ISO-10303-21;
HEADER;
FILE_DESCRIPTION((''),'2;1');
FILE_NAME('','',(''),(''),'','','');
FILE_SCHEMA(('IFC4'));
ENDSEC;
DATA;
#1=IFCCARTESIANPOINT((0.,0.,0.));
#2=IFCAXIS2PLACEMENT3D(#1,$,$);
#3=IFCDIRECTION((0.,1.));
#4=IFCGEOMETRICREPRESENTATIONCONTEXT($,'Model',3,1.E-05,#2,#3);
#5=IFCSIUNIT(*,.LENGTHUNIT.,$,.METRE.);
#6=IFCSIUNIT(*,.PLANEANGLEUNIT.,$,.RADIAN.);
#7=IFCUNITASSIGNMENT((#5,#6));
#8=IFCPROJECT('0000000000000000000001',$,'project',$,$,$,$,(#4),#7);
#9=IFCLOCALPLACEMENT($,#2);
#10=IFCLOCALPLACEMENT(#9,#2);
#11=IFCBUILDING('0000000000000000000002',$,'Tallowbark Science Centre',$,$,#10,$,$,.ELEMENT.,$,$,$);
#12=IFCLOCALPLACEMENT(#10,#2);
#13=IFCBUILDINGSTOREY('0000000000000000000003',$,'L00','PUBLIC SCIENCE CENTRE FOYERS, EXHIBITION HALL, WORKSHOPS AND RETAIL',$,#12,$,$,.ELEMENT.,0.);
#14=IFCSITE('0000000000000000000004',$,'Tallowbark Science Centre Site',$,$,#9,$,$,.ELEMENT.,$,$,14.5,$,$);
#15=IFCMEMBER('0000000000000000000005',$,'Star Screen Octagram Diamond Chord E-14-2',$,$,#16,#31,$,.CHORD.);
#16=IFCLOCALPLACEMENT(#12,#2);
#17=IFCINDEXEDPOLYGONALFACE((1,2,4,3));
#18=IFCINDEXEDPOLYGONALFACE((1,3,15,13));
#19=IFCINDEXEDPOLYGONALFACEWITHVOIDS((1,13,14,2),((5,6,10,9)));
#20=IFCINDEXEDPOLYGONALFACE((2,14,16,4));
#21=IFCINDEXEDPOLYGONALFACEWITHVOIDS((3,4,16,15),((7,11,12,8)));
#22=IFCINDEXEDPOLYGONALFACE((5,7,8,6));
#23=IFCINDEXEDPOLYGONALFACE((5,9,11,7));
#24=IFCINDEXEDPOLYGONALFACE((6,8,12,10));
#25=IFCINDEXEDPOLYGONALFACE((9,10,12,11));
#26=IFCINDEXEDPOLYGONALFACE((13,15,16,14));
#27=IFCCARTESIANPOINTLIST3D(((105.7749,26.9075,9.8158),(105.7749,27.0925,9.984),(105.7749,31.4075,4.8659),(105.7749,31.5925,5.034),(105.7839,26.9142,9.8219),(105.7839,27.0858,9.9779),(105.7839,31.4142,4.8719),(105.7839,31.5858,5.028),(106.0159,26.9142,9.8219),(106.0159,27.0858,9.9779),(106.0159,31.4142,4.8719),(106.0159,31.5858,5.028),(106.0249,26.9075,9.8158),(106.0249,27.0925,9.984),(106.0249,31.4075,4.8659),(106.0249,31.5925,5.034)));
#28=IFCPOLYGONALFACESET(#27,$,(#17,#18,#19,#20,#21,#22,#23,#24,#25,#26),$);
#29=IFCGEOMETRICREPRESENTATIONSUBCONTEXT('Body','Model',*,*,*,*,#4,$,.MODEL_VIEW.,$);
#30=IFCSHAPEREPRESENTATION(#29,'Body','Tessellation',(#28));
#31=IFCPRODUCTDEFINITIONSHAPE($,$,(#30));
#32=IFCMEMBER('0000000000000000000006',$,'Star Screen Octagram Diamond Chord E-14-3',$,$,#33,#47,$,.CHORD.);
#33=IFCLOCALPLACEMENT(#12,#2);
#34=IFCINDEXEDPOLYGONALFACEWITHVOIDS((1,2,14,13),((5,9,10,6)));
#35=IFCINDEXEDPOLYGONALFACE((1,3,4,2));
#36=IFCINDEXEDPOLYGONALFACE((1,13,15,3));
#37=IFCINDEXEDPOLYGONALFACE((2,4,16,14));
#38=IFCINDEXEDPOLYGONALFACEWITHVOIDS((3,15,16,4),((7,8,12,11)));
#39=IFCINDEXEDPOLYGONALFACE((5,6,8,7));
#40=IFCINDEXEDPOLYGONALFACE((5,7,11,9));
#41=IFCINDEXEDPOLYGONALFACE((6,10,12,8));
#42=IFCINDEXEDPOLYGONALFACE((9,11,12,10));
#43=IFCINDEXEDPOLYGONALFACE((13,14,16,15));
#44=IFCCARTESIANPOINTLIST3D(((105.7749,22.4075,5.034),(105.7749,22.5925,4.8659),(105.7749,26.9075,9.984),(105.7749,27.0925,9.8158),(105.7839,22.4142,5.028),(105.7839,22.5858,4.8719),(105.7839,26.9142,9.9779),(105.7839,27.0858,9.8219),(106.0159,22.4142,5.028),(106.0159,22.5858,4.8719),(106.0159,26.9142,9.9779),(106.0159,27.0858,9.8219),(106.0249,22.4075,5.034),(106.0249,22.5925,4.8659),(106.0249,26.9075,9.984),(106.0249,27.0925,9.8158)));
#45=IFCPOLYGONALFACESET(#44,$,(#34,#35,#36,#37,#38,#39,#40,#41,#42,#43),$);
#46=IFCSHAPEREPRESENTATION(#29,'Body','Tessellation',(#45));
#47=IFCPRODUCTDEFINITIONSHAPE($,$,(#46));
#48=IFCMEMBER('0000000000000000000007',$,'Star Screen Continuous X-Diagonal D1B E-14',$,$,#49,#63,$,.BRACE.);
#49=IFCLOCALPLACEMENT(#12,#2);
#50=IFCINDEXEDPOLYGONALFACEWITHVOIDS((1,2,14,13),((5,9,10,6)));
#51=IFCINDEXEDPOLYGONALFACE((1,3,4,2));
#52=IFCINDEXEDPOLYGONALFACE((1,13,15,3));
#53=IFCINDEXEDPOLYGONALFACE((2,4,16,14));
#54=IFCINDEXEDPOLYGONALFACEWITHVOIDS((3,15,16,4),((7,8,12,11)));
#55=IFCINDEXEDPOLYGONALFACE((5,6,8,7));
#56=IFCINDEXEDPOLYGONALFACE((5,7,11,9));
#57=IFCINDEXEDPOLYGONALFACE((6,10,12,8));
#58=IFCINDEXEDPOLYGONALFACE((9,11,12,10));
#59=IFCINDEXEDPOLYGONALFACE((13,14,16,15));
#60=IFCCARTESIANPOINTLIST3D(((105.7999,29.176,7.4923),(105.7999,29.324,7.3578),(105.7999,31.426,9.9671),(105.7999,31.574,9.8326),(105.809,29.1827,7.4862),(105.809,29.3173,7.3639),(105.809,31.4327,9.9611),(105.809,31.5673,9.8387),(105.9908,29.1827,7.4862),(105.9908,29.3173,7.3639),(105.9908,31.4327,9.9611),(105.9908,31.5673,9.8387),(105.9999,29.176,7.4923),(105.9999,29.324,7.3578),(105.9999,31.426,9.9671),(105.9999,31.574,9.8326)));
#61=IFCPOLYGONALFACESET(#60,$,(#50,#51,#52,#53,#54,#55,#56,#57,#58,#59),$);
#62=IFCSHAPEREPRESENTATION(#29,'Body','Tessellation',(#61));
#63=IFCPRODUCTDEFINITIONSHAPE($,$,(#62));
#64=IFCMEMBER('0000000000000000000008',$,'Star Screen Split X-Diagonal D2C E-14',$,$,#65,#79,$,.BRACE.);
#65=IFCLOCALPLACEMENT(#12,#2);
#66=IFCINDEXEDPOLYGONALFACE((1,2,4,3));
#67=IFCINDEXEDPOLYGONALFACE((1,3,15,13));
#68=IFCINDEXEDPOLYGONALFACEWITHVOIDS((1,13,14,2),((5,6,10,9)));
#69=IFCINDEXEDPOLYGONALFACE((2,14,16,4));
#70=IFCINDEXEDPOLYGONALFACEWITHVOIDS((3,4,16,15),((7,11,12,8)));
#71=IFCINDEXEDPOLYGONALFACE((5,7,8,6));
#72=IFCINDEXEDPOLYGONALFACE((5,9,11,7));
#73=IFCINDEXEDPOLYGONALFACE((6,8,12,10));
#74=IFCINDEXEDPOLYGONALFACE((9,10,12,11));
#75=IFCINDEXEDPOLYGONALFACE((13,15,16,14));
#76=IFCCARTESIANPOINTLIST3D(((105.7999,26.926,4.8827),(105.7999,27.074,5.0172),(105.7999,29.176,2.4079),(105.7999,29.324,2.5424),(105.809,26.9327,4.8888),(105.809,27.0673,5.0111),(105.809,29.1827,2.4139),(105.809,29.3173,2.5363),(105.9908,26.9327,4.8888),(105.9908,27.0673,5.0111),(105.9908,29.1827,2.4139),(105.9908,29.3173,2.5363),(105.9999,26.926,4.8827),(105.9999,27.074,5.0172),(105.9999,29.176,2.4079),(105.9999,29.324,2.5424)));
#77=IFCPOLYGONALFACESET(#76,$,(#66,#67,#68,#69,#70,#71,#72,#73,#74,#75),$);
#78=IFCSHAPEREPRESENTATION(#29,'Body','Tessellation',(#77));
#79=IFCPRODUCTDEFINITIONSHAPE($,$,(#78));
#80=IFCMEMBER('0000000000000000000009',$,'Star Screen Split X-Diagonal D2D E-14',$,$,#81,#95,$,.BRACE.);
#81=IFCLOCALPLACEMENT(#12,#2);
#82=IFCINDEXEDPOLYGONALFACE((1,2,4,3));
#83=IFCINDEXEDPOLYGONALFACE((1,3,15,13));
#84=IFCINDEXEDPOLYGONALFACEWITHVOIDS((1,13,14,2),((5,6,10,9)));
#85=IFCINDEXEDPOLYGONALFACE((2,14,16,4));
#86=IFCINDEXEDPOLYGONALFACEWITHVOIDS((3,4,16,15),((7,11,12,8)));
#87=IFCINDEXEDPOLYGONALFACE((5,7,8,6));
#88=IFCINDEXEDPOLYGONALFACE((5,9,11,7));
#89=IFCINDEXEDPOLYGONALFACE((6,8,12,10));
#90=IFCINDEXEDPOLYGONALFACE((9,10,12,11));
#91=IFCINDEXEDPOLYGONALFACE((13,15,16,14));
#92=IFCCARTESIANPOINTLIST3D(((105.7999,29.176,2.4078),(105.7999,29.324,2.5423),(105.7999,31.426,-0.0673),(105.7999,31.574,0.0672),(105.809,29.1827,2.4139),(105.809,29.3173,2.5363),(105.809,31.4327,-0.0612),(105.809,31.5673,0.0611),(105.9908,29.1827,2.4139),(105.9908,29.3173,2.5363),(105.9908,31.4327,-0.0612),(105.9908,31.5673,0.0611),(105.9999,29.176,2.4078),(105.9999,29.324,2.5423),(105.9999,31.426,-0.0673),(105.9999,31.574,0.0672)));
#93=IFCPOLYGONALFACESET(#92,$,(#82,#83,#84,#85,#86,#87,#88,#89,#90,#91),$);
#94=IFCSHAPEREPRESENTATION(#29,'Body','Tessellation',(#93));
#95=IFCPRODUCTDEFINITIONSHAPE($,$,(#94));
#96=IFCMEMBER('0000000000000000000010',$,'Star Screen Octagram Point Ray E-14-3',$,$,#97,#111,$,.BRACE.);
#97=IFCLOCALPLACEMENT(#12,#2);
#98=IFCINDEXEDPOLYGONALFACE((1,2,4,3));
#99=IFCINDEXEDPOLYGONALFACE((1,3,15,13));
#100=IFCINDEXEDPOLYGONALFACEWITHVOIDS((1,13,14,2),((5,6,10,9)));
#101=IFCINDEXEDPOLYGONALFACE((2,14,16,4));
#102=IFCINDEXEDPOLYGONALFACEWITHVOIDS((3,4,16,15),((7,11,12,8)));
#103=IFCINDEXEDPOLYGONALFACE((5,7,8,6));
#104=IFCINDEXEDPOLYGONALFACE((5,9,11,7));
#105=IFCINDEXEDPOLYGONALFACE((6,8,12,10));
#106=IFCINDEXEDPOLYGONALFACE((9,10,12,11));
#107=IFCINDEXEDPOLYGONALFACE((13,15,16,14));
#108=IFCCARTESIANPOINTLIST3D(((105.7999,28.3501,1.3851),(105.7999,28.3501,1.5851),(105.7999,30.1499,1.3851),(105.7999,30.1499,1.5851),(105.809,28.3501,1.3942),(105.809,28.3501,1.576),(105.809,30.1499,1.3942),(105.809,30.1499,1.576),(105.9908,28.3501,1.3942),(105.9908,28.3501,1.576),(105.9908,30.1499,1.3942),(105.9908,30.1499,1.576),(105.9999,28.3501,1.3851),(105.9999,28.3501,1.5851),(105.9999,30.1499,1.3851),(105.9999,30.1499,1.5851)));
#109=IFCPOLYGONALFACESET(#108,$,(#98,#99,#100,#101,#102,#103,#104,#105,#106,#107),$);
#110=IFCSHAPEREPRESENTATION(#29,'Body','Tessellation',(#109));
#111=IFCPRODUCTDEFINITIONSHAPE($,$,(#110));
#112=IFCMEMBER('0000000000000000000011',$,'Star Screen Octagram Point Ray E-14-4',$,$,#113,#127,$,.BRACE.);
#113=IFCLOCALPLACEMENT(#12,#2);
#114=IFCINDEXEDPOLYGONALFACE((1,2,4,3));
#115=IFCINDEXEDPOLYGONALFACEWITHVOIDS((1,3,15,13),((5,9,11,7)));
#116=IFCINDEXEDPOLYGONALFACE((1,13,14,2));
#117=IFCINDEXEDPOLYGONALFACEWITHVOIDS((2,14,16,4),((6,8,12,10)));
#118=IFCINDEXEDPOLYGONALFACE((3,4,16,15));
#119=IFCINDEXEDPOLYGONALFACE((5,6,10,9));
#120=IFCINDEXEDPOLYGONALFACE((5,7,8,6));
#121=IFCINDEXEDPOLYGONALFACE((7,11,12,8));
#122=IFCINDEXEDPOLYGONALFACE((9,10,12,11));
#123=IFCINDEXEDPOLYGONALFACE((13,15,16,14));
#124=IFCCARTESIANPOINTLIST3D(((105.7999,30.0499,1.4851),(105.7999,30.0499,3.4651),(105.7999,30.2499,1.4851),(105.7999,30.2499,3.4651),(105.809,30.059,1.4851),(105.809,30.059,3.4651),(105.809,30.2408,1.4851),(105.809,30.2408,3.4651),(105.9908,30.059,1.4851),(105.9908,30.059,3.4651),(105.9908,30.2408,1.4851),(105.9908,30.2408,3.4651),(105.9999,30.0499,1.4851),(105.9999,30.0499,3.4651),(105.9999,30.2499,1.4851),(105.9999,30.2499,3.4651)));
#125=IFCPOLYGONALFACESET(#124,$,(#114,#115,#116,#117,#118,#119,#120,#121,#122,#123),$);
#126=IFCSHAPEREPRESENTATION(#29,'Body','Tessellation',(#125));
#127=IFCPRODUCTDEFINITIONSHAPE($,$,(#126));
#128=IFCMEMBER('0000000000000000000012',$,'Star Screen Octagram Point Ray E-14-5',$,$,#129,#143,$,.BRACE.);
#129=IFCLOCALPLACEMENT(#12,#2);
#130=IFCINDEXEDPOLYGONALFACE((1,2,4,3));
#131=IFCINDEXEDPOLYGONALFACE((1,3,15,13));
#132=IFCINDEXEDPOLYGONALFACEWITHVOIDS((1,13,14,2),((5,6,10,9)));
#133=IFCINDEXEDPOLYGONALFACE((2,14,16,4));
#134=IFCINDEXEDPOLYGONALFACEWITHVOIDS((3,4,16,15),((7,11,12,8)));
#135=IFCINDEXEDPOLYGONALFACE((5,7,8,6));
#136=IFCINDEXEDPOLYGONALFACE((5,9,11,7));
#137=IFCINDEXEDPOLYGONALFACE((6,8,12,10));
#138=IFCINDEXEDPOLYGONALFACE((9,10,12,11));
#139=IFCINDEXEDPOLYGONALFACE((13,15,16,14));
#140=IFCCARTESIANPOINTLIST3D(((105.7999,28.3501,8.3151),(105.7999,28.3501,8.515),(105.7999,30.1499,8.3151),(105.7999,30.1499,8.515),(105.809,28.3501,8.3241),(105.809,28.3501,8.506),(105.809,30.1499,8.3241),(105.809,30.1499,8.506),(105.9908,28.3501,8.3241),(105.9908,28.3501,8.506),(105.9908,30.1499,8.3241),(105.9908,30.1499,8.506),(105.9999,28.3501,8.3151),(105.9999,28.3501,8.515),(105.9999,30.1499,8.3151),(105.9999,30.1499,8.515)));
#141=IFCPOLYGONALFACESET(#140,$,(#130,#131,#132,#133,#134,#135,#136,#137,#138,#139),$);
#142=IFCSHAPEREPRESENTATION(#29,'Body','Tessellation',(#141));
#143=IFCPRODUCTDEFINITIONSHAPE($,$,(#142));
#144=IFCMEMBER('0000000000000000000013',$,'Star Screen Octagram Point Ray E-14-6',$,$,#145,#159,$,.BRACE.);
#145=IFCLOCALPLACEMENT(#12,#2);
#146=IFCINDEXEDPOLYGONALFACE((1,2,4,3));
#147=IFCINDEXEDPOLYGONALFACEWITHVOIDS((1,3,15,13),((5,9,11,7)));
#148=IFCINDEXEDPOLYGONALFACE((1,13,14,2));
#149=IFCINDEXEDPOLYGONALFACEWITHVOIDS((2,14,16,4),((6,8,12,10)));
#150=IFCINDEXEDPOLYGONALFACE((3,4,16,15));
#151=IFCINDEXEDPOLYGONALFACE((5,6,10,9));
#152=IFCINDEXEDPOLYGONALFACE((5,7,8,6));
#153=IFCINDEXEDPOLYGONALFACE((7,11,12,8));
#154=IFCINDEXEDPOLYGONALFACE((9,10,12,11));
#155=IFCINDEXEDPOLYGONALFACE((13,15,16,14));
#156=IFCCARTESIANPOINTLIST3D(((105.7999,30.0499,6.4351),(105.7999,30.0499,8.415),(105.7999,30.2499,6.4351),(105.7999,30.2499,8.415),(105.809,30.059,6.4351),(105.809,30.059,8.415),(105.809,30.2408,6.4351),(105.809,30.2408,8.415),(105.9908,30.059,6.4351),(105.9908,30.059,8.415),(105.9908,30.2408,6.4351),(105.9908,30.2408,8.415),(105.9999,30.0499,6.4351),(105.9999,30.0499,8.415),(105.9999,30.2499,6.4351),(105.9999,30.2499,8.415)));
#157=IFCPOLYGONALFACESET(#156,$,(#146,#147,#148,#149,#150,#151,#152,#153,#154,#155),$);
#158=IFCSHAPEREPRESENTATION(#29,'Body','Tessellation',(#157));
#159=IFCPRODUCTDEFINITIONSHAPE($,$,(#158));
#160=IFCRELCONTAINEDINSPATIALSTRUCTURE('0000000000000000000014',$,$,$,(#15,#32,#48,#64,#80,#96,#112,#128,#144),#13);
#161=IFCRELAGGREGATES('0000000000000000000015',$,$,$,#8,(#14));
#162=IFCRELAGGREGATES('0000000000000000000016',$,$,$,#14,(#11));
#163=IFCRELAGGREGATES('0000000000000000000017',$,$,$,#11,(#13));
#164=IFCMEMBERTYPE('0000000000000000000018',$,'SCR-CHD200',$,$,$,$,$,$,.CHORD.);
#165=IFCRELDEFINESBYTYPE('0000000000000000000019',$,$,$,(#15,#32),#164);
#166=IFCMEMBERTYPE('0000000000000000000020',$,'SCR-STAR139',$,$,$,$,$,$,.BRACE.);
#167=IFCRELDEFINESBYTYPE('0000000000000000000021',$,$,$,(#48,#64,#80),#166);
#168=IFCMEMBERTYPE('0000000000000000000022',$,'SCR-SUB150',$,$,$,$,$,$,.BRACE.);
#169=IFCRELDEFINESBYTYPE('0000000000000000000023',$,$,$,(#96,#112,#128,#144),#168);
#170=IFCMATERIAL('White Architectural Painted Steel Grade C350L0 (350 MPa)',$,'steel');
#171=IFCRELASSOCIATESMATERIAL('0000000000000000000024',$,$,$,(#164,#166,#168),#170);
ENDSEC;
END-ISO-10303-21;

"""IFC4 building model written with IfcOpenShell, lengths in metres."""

from ifc_helpers import new_model, si_unit, direction, frame, origin, origin_2d, place, context, subcontext, project, spatial, hollow_rectangle, extrude, material, material_profile, profile_set, type_object, element, save


model = new_model("IFC4")

# Units and contexts
model_context = context("Model", 3, precision=1e-05, world=origin(), true_north=direction((0.0, 1.0)))
body_context = subcontext(model_context, "Body", "Model", "MODEL_VIEW")
ifc_project = project(units=[si_unit("LENGTHUNIT", "METRE"), si_unit("PLANEANGLEUNIT", "RADIAN")], contexts=[model_context])

# Site, building, storey
site_placement = place(None, origin())
site = spatial("IfcSite", under=ifc_project, at=site_placement, Name="Tallowbark Science Centre Site", CompositionType="ELEMENT", RefElevation=14.5)
building_placement = place(site_placement, origin())
building = spatial("IfcBuilding", under=site, at=building_placement, Name="Tallowbark Science Centre", CompositionType="ELEMENT")
storey_placement = place(building_placement, origin())
storey = spatial("IfcBuildingStorey", under=building, at=storey_placement, Name="L00", Description="PUBLIC SCIENCE CENTRE FOYERS, EXHIBITION HALL, WORKSHOPS AND RETAIL", CompositionType="ELEMENT", Elevation=0.0)

# Shared definitions
ifc_material_1 = material(Name="White Architectural Painted Steel Grade C350L0 (350 MPa)", Category="steel")

# Members
ifc_material_profile_1 = material_profile(ifc_material_1, hollow_rectangle(XDim=0.25, YDim=0.25, WallThickness=0.009, at=origin_2d()), Name="250x250x9.0SHS")
ifc_profile_set_1 = profile_set([ifc_material_profile_1], Name="White Architectural Painted Steel Grade C350L0 (350 MPa)")
member_type_1 = type_object("IfcMemberType", Name="SCR-CHD200", PredefinedType="CHORD", material=ifc_profile_set_1)
for number, where, z_axis, x_axis, name in (
    (1, (105.8999, 31.5, 4.95), (0.0, -0.672676, 0.739937), (1.0, 0.0, 0.0), "Star Screen Octagram Diamond Chord E-14-2"),
    (2, (105.8999, 27.0, 9.8999), (0.0, -0.672676, -0.739937), (1.0, 0.0, 0.0), "Star Screen Octagram Diamond Chord E-14-3"),
):
    element("IfcMember", number, at=place(storey_placement, frame(where, z_axis=z_axis, x_axis=x_axis)), inside=storey, type_object=member_type_1, Name=name, PredefinedType="CHORD", context=body_context, shape_type="SweptSolid", body=[
        extrude(hollow_rectangle(XDim=0.25, YDim=0.25, WallThickness=0.009, at=origin_2d()), origin(), (0.0, 0.0, 1.0), 6.6897),
    ])
ifc_material_profile_2 = material_profile(ifc_material_1, hollow_rectangle(XDim=0.2, YDim=0.2, WallThickness=0.009, at=origin_2d()), Name="200x200x9.0SHS")
ifc_profile_set_2 = profile_set([ifc_material_profile_2], Name="White Architectural Painted Steel Grade C350L0 (350 MPa)")
member_type_2 = type_object("IfcMemberType", Name="SCR-STAR139", PredefinedType="BRACE", material=ifc_profile_set_2)
for number, where, z_axis, x_axis, name in (
    (3, (105.8999, 29.25, 7.425), (0.0, 0.672695, 0.73992), (-1.0, 0.0, 0.0), "Star Screen Continuous X-Diagonal D1B E-14"),
    (4, (105.8999, 27.0, 4.95), (0.0, 0.672695, -0.73992), (-1.0, 0.0, 0.0), "Star Screen Split X-Diagonal D2C E-14"),
):
    element("IfcMember", number, at=place(storey_placement, frame(where, z_axis=z_axis, x_axis=x_axis)), inside=storey, type_object=member_type_2, Name=name, PredefinedType="BRACE", context=body_context, shape_type="SweptSolid", body=[
        extrude(hollow_rectangle(XDim=0.2, YDim=0.2, WallThickness=0.009, at=origin_2d()), origin(), (0.0, 0.0, 1.0), 3.3447),
    ])
member_1_placement = place(storey_placement, frame((105.8999, 29.25, 2.4751), z_axis=(0.0, 0.672658, -0.739953), x_axis=(-1.0, 0.0, 0.0)))
element("IfcMember", 5, at=member_1_placement, inside=storey, type_object=member_type_2, Name="Star Screen Split X-Diagonal D2D E-14", PredefinedType="BRACE", context=body_context, shape_type="SweptSolid", body=[
    extrude(hollow_rectangle(XDim=0.2, YDim=0.2, WallThickness=0.009, at=origin_2d()), origin(), (0.0, 0.0, 1.0), 3.345),
])
ifc_material_profile_3 = material_profile(ifc_material_1, hollow_rectangle(XDim=0.2, YDim=0.2, WallThickness=0.009, at=origin_2d()), Name="200x200x9.0SHS")
ifc_profile_set_3 = profile_set([ifc_material_profile_3], Name="White Architectural Painted Steel Grade C350L0 (350 MPa)")
member_type_3 = type_object("IfcMemberType", Name="SCR-SUB150", PredefinedType="BRACE", material=ifc_profile_set_3)
member_2_placement = place(storey_placement, frame((105.8999, 30.1499, 1.4851), z_axis=(0.0, -1.0, 0.0), x_axis=(1.0, 0.0, 0.0)))
element("IfcMember", 6, at=member_2_placement, inside=storey, type_object=member_type_3, Name="Star Screen Octagram Point Ray E-14-3", PredefinedType="BRACE", context=body_context, shape_type="SweptSolid", body=[
    extrude(hollow_rectangle(XDim=0.2, YDim=0.2, WallThickness=0.009, at=origin_2d()), origin(), (0.0, 0.0, 1.0), 1.7998),
])
member_3_placement = place(storey_placement, frame((105.8999, 30.1499, 1.4851), z_axis=(0.0, 0.0, 1.0), x_axis=(1.0, 0.0, 0.0)))
element("IfcMember", 7, at=member_3_placement, inside=storey, type_object=member_type_3, Name="Star Screen Octagram Point Ray E-14-4", PredefinedType="BRACE", context=body_context, shape_type="SweptSolid", body=[
    extrude(hollow_rectangle(XDim=0.2, YDim=0.2, WallThickness=0.009, at=origin_2d()), origin(), (0.0, 0.0, 1.0), 1.98),
])
member_4_placement = place(storey_placement, frame((105.8999, 30.1499, 8.415), z_axis=(0.0, -1.0, 0.0), x_axis=(1.0, 0.0, 0.0)))
element("IfcMember", 8, at=member_4_placement, inside=storey, type_object=member_type_3, Name="Star Screen Octagram Point Ray E-14-5", PredefinedType="BRACE", context=body_context, shape_type="SweptSolid", body=[
    extrude(hollow_rectangle(XDim=0.2, YDim=0.2, WallThickness=0.009, at=origin_2d()), origin(), (0.0, 0.0, 1.0), 1.7998),
])
member_5_placement = place(storey_placement, frame((105.8999, 30.1499, 8.415), z_axis=(0.0, 0.0, -1.0), x_axis=(1.0, 0.0, 0.0)))
element("IfcMember", 9, at=member_5_placement, inside=storey, type_object=member_type_3, Name="Star Screen Octagram Point Ray E-14-6", PredefinedType="BRACE", context=body_context, shape_type="SweptSolid", body=[
    extrude(hollow_rectangle(XDim=0.2, YDim=0.2, WallThickness=0.009, at=origin_2d()), origin(), (0.0, 0.0, 1.0), 1.98),
])

save(model, "model.ifc")
